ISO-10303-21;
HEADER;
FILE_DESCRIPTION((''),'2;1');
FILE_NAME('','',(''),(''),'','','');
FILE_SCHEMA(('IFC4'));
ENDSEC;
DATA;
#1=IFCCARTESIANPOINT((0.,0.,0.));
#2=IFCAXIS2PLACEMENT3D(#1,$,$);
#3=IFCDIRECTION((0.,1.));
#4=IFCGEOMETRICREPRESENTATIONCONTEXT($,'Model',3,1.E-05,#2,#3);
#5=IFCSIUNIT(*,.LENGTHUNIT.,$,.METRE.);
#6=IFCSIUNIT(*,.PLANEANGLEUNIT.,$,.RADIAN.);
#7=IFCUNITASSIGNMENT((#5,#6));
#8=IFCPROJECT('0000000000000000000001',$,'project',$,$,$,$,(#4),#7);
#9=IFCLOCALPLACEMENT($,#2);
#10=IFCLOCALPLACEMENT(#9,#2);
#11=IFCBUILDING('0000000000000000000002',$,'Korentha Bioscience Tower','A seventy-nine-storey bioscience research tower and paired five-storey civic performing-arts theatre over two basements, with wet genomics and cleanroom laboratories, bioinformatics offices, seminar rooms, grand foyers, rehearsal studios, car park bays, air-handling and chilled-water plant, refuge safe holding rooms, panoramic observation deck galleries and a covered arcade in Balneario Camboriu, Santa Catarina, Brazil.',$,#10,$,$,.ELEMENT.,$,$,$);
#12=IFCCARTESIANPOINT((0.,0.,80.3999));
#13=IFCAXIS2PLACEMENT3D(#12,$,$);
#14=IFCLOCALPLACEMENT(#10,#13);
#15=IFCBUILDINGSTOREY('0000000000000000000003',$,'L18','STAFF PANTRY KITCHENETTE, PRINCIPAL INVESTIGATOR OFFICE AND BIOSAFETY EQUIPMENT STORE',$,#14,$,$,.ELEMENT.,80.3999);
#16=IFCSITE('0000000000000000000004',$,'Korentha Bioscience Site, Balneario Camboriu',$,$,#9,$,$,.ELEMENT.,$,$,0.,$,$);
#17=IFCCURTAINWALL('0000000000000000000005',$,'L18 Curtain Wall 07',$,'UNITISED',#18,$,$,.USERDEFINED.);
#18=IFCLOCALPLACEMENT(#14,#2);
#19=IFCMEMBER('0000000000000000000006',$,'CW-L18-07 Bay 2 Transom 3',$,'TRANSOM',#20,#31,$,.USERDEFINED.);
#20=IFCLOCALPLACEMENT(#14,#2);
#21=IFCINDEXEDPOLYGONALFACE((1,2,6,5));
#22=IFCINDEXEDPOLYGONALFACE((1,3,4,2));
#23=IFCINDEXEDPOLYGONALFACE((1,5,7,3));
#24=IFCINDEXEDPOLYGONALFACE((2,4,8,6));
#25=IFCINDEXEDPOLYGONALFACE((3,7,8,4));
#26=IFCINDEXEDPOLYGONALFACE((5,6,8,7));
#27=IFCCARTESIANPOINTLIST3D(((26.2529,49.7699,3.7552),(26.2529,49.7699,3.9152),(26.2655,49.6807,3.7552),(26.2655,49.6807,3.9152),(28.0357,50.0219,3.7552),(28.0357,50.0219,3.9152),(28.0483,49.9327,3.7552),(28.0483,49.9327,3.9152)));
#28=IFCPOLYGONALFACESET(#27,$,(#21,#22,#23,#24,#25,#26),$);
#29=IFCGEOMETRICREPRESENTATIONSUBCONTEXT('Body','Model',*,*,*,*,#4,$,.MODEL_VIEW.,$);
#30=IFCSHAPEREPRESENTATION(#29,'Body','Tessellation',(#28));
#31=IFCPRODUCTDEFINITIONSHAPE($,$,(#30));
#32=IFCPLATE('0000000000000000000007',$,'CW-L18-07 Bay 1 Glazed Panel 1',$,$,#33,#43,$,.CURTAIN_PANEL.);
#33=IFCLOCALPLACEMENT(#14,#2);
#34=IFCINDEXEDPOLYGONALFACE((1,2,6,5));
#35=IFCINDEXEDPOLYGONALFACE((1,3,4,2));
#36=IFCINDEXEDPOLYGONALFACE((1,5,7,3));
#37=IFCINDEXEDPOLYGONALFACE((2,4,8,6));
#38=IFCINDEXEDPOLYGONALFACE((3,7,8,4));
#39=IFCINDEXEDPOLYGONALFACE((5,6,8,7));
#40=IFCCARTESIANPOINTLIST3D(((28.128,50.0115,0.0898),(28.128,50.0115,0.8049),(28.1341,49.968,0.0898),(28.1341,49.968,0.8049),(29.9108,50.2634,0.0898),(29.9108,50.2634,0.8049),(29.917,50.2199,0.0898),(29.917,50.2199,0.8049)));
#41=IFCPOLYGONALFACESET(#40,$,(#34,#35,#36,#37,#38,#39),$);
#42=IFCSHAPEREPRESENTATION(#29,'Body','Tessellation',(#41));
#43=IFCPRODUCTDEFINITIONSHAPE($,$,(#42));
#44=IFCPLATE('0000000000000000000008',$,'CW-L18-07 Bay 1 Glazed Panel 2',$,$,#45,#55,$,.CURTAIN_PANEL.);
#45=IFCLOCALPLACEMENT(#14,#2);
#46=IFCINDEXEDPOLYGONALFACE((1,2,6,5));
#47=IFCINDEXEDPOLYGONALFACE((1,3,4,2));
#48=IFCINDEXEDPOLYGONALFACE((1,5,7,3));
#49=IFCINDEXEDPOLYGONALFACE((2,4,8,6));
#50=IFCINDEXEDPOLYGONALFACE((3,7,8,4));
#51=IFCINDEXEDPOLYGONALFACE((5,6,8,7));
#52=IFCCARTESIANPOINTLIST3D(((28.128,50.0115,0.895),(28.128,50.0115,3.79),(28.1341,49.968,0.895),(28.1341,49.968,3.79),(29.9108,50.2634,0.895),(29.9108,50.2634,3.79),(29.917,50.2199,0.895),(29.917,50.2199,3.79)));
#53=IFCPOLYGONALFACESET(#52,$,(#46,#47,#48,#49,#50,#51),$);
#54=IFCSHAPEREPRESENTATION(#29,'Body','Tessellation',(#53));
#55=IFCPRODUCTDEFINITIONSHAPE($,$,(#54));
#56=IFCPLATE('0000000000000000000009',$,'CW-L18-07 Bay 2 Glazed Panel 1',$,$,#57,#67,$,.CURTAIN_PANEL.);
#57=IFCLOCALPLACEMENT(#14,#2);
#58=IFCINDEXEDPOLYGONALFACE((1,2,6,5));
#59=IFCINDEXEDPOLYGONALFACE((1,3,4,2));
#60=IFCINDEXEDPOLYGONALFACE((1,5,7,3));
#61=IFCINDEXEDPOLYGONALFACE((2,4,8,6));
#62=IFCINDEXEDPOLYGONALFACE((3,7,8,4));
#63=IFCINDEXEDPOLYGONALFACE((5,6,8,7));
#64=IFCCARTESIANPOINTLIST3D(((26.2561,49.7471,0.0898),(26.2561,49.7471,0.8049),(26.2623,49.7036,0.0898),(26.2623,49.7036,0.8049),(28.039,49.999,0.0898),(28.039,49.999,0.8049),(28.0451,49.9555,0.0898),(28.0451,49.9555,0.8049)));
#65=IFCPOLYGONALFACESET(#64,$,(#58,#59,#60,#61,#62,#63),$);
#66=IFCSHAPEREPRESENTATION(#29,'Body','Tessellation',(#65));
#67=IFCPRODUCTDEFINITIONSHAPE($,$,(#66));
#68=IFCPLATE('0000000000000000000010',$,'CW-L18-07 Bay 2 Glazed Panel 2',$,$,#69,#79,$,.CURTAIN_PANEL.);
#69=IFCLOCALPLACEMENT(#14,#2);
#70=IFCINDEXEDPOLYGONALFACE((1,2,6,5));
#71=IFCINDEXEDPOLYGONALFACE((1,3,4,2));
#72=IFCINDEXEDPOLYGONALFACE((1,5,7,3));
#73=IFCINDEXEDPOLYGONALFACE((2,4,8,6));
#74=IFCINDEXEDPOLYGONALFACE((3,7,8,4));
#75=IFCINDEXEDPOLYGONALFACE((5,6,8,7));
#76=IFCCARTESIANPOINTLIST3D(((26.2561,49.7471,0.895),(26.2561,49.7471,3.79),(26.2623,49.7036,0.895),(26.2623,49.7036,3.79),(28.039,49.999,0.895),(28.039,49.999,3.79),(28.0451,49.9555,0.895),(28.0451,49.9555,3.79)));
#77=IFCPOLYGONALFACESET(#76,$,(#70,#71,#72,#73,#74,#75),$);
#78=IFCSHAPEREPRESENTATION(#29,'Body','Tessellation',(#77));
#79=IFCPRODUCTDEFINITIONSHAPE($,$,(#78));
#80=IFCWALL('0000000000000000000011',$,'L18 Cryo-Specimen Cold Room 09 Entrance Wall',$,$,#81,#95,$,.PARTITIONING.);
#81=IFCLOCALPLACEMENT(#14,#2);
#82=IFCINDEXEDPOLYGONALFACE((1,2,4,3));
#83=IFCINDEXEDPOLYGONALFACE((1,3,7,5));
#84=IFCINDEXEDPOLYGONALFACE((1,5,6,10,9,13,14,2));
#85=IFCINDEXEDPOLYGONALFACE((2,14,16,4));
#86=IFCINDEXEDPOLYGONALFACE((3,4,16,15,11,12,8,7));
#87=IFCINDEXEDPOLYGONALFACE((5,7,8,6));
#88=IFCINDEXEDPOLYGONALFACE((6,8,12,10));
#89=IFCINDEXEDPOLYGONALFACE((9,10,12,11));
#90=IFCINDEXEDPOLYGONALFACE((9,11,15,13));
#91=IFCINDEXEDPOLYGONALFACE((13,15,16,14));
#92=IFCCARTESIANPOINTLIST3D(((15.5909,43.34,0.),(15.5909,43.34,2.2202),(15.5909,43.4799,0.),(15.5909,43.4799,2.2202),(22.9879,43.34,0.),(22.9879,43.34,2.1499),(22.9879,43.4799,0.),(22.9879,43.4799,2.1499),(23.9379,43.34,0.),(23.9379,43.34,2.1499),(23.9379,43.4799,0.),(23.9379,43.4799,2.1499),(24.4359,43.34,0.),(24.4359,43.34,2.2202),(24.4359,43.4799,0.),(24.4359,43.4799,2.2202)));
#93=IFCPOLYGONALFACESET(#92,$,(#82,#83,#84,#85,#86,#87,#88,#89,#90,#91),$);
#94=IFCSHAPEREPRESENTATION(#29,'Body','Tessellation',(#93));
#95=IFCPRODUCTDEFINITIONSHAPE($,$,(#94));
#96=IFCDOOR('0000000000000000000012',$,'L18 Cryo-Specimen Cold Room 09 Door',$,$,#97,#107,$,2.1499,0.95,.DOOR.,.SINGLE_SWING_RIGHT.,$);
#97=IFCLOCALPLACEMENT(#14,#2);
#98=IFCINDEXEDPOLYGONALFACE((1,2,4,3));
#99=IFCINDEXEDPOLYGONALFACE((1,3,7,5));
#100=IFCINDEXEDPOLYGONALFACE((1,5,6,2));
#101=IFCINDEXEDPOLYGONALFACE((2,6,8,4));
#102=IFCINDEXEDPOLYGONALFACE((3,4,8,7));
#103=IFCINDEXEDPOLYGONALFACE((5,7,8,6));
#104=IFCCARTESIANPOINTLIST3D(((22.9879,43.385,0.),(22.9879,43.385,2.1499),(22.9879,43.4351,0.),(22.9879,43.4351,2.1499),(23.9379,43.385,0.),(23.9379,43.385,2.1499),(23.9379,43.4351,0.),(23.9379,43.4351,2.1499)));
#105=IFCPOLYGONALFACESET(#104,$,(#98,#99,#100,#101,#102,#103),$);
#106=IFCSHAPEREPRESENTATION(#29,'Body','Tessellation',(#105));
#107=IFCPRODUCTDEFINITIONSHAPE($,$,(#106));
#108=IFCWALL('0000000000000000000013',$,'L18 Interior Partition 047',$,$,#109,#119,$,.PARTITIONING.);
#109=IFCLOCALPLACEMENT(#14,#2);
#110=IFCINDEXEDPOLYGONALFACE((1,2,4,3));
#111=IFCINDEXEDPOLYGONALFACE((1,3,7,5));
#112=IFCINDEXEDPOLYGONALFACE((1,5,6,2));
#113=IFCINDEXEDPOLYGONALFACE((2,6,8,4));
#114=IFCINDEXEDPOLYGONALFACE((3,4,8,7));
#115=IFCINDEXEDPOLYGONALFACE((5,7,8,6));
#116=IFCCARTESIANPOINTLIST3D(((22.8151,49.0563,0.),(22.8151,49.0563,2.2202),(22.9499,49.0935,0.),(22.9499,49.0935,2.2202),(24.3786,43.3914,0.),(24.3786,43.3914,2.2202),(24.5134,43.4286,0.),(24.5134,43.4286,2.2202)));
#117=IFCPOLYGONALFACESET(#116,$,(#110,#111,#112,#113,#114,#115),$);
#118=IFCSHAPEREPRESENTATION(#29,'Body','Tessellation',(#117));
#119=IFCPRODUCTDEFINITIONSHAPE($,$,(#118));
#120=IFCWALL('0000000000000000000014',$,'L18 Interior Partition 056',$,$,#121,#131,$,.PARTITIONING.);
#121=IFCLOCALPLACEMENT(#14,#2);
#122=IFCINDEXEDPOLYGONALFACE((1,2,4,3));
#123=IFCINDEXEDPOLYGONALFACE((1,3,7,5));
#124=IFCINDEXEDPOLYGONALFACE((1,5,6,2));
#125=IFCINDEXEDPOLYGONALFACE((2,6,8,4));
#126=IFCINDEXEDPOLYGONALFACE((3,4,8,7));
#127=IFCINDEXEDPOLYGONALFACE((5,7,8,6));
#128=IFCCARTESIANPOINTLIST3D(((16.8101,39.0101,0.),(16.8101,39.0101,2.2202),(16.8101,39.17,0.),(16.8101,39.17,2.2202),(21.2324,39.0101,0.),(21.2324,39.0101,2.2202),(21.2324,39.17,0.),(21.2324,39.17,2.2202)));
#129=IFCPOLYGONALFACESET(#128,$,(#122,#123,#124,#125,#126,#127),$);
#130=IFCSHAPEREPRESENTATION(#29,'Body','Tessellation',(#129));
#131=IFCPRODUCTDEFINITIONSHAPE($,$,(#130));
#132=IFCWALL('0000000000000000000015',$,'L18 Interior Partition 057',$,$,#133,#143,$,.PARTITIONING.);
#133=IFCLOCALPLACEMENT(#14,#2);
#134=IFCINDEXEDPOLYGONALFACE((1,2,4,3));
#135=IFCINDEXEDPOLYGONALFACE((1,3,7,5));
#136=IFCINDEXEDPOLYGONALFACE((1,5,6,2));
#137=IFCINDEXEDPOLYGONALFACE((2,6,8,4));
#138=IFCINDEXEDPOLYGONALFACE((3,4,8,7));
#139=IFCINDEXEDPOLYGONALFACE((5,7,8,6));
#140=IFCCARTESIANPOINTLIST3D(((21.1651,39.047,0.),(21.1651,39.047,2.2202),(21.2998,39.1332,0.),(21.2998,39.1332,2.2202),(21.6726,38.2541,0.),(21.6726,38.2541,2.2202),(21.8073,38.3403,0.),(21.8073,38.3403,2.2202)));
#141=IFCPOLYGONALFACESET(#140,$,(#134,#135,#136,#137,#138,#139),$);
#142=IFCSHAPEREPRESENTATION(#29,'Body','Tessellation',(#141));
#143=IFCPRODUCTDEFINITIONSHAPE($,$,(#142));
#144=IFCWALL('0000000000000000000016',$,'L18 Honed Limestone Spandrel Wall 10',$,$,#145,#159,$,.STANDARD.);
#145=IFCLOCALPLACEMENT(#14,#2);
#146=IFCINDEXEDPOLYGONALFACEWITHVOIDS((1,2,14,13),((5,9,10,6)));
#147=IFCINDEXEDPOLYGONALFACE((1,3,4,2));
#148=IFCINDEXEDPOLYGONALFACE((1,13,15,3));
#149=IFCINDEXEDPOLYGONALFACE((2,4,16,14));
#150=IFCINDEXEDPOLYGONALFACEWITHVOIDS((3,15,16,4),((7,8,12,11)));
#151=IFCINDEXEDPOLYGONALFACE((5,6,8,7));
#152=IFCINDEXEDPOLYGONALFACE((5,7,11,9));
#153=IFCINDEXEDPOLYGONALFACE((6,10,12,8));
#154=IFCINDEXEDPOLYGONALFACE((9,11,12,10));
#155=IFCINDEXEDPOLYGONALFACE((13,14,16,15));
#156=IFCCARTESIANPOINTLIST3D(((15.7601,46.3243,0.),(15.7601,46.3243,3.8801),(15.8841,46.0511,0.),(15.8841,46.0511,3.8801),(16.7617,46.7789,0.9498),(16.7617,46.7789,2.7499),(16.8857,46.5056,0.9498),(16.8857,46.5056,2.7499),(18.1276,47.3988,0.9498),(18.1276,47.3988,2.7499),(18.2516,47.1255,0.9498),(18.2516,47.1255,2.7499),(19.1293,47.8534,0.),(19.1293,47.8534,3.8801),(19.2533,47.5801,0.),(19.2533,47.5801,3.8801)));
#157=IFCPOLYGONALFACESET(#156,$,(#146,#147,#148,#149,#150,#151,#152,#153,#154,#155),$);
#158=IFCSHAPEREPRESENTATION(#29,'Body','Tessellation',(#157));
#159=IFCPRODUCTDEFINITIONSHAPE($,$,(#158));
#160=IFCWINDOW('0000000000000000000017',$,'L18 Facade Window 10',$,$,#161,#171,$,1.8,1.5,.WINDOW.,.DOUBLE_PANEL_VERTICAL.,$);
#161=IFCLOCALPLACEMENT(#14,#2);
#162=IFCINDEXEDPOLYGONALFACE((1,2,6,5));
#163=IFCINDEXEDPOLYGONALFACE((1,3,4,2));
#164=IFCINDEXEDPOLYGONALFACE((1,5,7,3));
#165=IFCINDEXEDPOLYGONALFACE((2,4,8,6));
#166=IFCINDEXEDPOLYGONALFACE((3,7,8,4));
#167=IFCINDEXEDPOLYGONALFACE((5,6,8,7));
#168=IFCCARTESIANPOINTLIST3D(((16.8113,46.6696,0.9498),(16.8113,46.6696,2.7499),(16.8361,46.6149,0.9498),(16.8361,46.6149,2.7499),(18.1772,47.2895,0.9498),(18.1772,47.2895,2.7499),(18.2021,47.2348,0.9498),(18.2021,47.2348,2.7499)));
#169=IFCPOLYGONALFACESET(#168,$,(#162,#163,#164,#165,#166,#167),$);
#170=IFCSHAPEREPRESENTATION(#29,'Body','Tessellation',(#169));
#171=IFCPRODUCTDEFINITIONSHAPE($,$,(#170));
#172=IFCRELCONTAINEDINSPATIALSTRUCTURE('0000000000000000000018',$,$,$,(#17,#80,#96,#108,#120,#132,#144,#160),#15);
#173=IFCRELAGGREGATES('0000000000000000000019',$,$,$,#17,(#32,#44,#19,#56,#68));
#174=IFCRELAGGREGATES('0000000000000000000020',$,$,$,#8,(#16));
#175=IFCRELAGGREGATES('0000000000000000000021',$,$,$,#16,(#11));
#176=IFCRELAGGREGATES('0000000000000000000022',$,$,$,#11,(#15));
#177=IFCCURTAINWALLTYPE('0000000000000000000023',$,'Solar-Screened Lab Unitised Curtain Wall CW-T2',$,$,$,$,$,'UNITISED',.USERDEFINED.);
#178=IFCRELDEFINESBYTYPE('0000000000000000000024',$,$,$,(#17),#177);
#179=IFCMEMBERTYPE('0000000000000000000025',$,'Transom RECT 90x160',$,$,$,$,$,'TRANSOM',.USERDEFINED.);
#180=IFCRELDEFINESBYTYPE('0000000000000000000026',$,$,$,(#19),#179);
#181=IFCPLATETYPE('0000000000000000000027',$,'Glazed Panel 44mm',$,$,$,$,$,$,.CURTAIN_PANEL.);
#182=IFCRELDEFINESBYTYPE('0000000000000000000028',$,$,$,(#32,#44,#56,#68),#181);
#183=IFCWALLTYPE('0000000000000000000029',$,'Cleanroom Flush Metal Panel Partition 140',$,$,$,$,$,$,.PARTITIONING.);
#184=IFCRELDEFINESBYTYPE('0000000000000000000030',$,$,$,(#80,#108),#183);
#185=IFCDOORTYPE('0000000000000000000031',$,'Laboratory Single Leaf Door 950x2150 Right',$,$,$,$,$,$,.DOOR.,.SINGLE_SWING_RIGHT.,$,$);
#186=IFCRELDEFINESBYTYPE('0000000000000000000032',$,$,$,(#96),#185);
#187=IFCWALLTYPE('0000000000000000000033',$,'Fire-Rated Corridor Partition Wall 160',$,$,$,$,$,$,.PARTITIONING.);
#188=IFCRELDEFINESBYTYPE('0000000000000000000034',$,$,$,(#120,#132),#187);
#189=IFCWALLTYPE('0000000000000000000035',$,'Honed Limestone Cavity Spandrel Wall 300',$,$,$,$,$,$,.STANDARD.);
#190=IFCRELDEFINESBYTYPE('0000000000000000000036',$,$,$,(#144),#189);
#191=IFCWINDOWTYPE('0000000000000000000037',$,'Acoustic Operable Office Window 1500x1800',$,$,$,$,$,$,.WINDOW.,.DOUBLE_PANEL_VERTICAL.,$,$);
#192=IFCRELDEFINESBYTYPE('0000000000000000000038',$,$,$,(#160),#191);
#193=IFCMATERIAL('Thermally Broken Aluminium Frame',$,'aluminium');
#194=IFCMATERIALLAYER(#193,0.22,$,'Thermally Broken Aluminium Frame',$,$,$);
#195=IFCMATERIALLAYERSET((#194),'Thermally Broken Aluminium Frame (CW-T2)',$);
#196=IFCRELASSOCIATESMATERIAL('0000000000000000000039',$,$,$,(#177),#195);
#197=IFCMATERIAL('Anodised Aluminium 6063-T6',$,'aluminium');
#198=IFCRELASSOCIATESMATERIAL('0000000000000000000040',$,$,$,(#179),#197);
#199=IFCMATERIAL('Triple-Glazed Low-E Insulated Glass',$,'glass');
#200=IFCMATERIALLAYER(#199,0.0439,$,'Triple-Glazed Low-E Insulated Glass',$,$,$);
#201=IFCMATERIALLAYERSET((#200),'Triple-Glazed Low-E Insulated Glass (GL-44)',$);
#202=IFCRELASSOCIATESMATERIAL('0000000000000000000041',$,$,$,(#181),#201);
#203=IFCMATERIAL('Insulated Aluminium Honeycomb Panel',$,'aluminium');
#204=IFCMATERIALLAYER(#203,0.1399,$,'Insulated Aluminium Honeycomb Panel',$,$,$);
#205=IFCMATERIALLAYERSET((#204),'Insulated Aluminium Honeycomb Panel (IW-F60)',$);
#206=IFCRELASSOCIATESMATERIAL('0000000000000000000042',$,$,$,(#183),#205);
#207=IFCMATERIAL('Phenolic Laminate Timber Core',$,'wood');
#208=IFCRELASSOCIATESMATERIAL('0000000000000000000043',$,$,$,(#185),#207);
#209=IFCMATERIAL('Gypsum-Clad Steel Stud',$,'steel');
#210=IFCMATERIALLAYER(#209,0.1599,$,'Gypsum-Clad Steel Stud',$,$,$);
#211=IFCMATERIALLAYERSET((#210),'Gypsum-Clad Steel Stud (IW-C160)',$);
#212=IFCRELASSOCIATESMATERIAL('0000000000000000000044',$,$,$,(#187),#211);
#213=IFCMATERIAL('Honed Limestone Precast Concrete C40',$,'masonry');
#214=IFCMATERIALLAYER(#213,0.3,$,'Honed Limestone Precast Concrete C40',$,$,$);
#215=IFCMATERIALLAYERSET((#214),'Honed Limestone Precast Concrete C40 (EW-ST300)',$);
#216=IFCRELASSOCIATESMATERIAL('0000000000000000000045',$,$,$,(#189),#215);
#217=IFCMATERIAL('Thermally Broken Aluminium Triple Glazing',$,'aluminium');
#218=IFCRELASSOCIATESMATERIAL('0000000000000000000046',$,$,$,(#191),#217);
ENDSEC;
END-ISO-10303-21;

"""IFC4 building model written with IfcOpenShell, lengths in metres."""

from ifc_helpers import new_model, si_unit, direction, frame, frame_2d, origin, origin_2d, place, context, subcontext, project, spatial, rectangle, extrude, material, layer, layer_set, material_profile, profile_set, type_object, element, fill, aggregate, save


model = new_model("IFC4")

# Units and contexts
model_context = context("Model", 3, precision=1e-05, world=origin(), true_north=direction((0.0, 1.0)))
body_context = subcontext(model_context, "Body", "Model", "MODEL_VIEW")
ifc_project = project(units=[si_unit("LENGTHUNIT", "METRE"), si_unit("PLANEANGLEUNIT", "RADIAN")], contexts=[model_context])

# Site, building, storey
site_placement = place(None, origin())
site = spatial("IfcSite", under=ifc_project, at=site_placement, Name="Korentha Bioscience Site, Balneario Camboriu", CompositionType="ELEMENT", RefElevation=0.0)
building_placement = place(site_placement, origin())
building = spatial("IfcBuilding", under=site, at=building_placement, Name="Korentha Bioscience Tower", Description="A seventy-nine-storey bioscience research tower and paired five-storey civic performing-arts theatre over two basements, with wet genomics and cleanroom laboratories, bioinformatics offices, seminar rooms, grand foyers, rehearsal studios, car park bays, air-handling and chilled-water plant, refuge safe holding rooms, panoramic observation deck galleries and a covered arcade in Balneario Camboriu, Santa Catarina, Brazil.", CompositionType="ELEMENT")
storey_placement = place(building_placement, frame((0.0, 0.0, 80.3999)))
storey = spatial("IfcBuildingStorey", under=building, at=storey_placement, Name="L18", Description="STAFF PANTRY KITCHENETTE, PRINCIPAL INVESTIGATOR OFFICE AND BIOSAFETY EQUIPMENT STORE", CompositionType="ELEMENT", Elevation=80.3999)

# Curtain wall, member, plates
ifc_material_1 = material(Name="Thermally Broken Aluminium Frame", Category="aluminium")
ifc_layer_1 = layer(ifc_material_1, 0.22, Name="Thermally Broken Aluminium Frame")
ifc_layer_set_1 = layer_set([ifc_layer_1], Name="Thermally Broken Aluminium Frame (CW-T2)")
curtain_wall_type = type_object("IfcCurtainWallType", Name="Solar-Screened Lab Unitised Curtain Wall CW-T2", ElementType="UNITISED", PredefinedType="USERDEFINED", material=ifc_layer_set_1)
curtain_wall_placement = place(storey_placement, origin())
curtain_wall = element("IfcCurtainWall", 1, at=curtain_wall_placement, inside=storey, type_object=curtain_wall_type, Name="L18 Curtain Wall 07", ObjectType="UNITISED", PredefinedType="USERDEFINED")
ifc_material_2 = material(Name="Anodised Aluminium 6063-T6", Category="aluminium")
ifc_material_profile_1 = material_profile(ifc_material_2, rectangle(XDim=0.0901, YDim=0.1599, at=origin_2d()), Name="Anodised Aluminium 6063-T6")
ifc_profile_set_1 = profile_set([ifc_material_profile_1], Name="Anodised Aluminium 6063-T6 (CW-TRN)")
member_type_1 = type_object("IfcMemberType", Name="Transom RECT 90x160", ElementType="TRANSOM", PredefinedType="USERDEFINED", material=ifc_profile_set_1)
member_1_placement = place(storey_placement, frame((28.042, 49.9773, 3.8352), z_axis=(-0.99016, -0.13994, 0.0), x_axis=(0.13994, -0.99016, 0.0)))
member_1 = element("IfcMember", 2, at=member_1_placement, type_object=member_type_1, Name="CW-L18-07 Bay 2 Transom 3", ObjectType="TRANSOM", PredefinedType="USERDEFINED", context=body_context, shape_type="SweptSolid", body=[
    extrude(rectangle(XDim=0.0901, YDim=0.1599, at=origin_2d()), origin(), (0.0, 0.0, 1.0), 1.8005),
])
ifc_material_3 = material(Name="Triple-Glazed Low-E Insulated Glass", Category="glass")
ifc_layer_2 = layer(ifc_material_3, 0.0439, Name="Triple-Glazed Low-E Insulated Glass")
ifc_layer_set_2 = layer_set([ifc_layer_2], Name="Triple-Glazed Low-E Insulated Glass (GL-44)")
plate_type = type_object("IfcPlateType", Name="Glazed Panel 44mm", PredefinedType="CURTAIN_PANEL", material=ifc_layer_set_2)
plate_1_placement = place(storey_placement, frame((29.0225, 50.1157, 0.0898), z_axis=(0.0, 0.0, 1.0), x_axis=(-0.990167, -0.139888, 0.0)))
plate_1 = element("IfcPlate", 3, at=plate_1_placement, type_object=plate_type, Name="CW-L18-07 Bay 1 Glazed Panel 1", PredefinedType="CURTAIN_PANEL", context=body_context, shape_type="SweptSolid", body=[
    extrude(rectangle(XDim=1.8005, YDim=0.0439, at=origin_2d()), origin(), (0.0, 0.0, 1.0), 0.7151),
])
plate_2_placement = place(storey_placement, frame((29.0225, 50.1157, 0.895), z_axis=(0.0, 0.0, 1.0), x_axis=(-0.990167, -0.139888, 0.0)))
plate_2 = element("IfcPlate", 4, at=plate_2_placement, type_object=plate_type, Name="CW-L18-07 Bay 1 Glazed Panel 2", PredefinedType="CURTAIN_PANEL", context=body_context, shape_type="SweptSolid", body=[
    extrude(rectangle(XDim=1.8005, YDim=0.0439, at=origin_2d()), origin(), (0.0, 0.0, 1.0), 2.895),
])
plate_3_placement = place(storey_placement, frame((27.1506, 49.8513, 0.0898), z_axis=(0.0, 0.0, 1.0), x_axis=(-0.990167, -0.139888, 0.0)))
plate_3 = element("IfcPlate", 5, at=plate_3_placement, type_object=plate_type, Name="CW-L18-07 Bay 2 Glazed Panel 1", PredefinedType="CURTAIN_PANEL", context=body_context, shape_type="SweptSolid", body=[
    extrude(rectangle(XDim=1.8005, YDim=0.0439, at=origin_2d()), origin(), (0.0, 0.0, 1.0), 0.7151),
])
plate_4_placement = place(storey_placement, frame((27.1506, 49.8513, 0.895), z_axis=(0.0, 0.0, 1.0), x_axis=(-0.990167, -0.139888, 0.0)))
plate_4 = element("IfcPlate", 6, at=plate_4_placement, type_object=plate_type, Name="CW-L18-07 Bay 2 Glazed Panel 2", PredefinedType="CURTAIN_PANEL", context=body_context, shape_type="SweptSolid", body=[
    extrude(rectangle(XDim=1.8005, YDim=0.0439, at=origin_2d()), origin(), (0.0, 0.0, 1.0), 2.895),
])
aggregate(curtain_wall, [plate_1, plate_2, member_1, plate_3, plate_4])

# Wall, opening, door
ifc_material_4 = material(Name="Insulated Aluminium Honeycomb Panel", Category="aluminium")
ifc_layer_3 = layer(ifc_material_4, 0.1399, Name="Insulated Aluminium Honeycomb Panel")
ifc_layer_set_3 = layer_set([ifc_layer_3], Name="Insulated Aluminium Honeycomb Panel (IW-F60)")
wall_type_1 = type_object("IfcWallType", Name="Cleanroom Flush Metal Panel Partition 140", PredefinedType="PARTITIONING", material=ifc_layer_set_3)
wall_1_placement = place(storey_placement, frame((24.4358, 43.4099, 0.0), z_axis=(0.0, 0.0, 1.0), x_axis=(-1.0, 0.0, 0.0)))
wall_1 = element("IfcWall", 7, at=wall_1_placement, inside=storey, type_object=wall_type_1, Name="L18 Cryo-Specimen Cold Room 09 Entrance Wall", PredefinedType="PARTITIONING", context=body_context, shape_type="SweptSolid", body=[
    extrude(rectangle(XDim=8.845, YDim=0.1399, at=frame_2d((4.4224, 0.0))), origin(), (0.0, 0.0, 1.0), 2.2202),
])
opening_1_placement = place(wall_1_placement, frame((0.4978, 0.0, 0.0)))
opening_1 = element("IfcOpeningElement", 8, at=opening_1_placement, cuts=wall_1, PredefinedType="OPENING", context=body_context, shape_type="SweptSolid", body=[
    extrude(rectangle(XDim=0.95, YDim=2.1499, at=frame_2d((0.4751, 1.075))), frame((0.0, 0.085, 0.0), z_axis=(0.0, -1.0, 0.0), x_axis=(1.0, 0.0, 0.0)), (0.0, 0.0, 1.0), 0.1697),
])
ifc_material_5 = material(Name="Phenolic Laminate Timber Core", Category="wood")
door_type = type_object("IfcDoorType", Name="Laboratory Single Leaf Door 950x2150 Right", OperationType="SINGLE_SWING_RIGHT", PredefinedType="DOOR", material=ifc_material_5)
door_placement = place(opening_1_placement, origin())
door = element("IfcDoor", 9, at=door_placement, inside=storey, type_object=door_type, Name="L18 Cryo-Specimen Cold Room 09 Door", OperationType="SINGLE_SWING_RIGHT", OverallHeight=2.1499, OverallWidth=0.95, PredefinedType="DOOR", context=body_context, shape_type="SweptSolid", body=[
    extrude(rectangle(XDim=0.95, YDim=2.1499, at=frame_2d((0.4751, 1.075))), frame((0.0, 0.0249, 0.0), z_axis=(0.0, -1.0, 0.0), x_axis=(1.0, 0.0, 0.0)), (0.0, 0.0, 1.0), 0.05),
])
fill(opening_1, door)

# Walls
wall_2_placement = place(storey_placement, frame((24.446, 43.4099, 0.0), z_axis=(0.0, 0.0, 1.0), x_axis=(-0.266051, 0.963959, 0.0)))
element("IfcWall", 10, at=wall_2_placement, inside=storey, type_object=wall_type_1, Name="L18 Interior Partition 047", PredefinedType="PARTITIONING", context=body_context, shape_type="SweptSolid", body=[
    extrude(rectangle(XDim=5.8767, YDim=0.1399, at=frame_2d((2.9385, 0.0))), origin(), (0.0, 0.0, 1.0), 2.2202),
])
ifc_material_6 = material(Name="Gypsum-Clad Steel Stud", Category="steel")
ifc_layer_4 = layer(ifc_material_6, 0.1599, Name="Gypsum-Clad Steel Stud")
ifc_layer_set_4 = layer_set([ifc_layer_4], Name="Gypsum-Clad Steel Stud (IW-C160)")
wall_type_2 = type_object("IfcWallType", Name="Fire-Rated Corridor Partition Wall 160", PredefinedType="PARTITIONING", material=ifc_layer_set_4)
wall_3_placement = place(storey_placement, frame((16.8101, 39.0901, 0.0), z_axis=(0.0, 0.0, 1.0), x_axis=(1.0, 0.0, 0.0)))
element("IfcWall", 11, at=wall_3_placement, inside=storey, type_object=wall_type_2, Name="L18 Interior Partition 056", PredefinedType="PARTITIONING", context=body_context, shape_type="SweptSolid", body=[
    extrude(rectangle(XDim=4.4224, YDim=0.1599, at=frame_2d((2.2112, 0.0))), origin(), (0.0, 0.0, 1.0), 2.2202),
])
wall_4_placement = place(storey_placement, frame((21.2324, 39.0901, 0.0), z_axis=(0.0, 0.0, 1.0), x_axis=(0.539105, -0.842238, 0.0)))
element("IfcWall", 12, at=wall_4_placement, inside=storey, type_object=wall_type_2, Name="L18 Interior Partition 057", PredefinedType="PARTITIONING", context=body_context, shape_type="SweptSolid", body=[
    extrude(rectangle(XDim=0.9414, YDim=0.1599, at=frame_2d((0.4707, 0.0))), origin(), (0.0, 0.0, 1.0), 2.2202),
])

# Wall, opening, window
ifc_material_7 = material(Name="Honed Limestone Precast Concrete C40", Category="masonry")
ifc_layer_5 = layer(ifc_material_7, 0.3, Name="Honed Limestone Precast Concrete C40")
ifc_layer_set_5 = layer_set([ifc_layer_5], Name="Honed Limestone Precast Concrete C40 (EW-ST300)")
wall_type_3 = type_object("IfcWallType", Name="Honed Limestone Cavity Spandrel Wall 300", PredefinedType="STANDARD", material=ifc_layer_set_5)
wall_5_placement = place(storey_placement, frame((19.1914, 47.7168, 0.0), z_axis=(0.0, 0.0, 1.0), x_axis=(-0.910608, -0.413271, 0.0)))
wall_5 = element("IfcWall", 13, at=wall_5_placement, inside=storey, type_object=wall_type_3, Name="L18 Honed Limestone Spandrel Wall 10", PredefinedType="STANDARD", context=body_context, shape_type="SweptSolid", body=[
    extrude(rectangle(XDim=3.7, YDim=0.3, at=frame_2d((1.8501, 0.0))), origin(), (0.0, 0.0, 1.0), 3.8801),
])
opening_2_placement = place(wall_5_placement, frame((1.1001, 0.0, 0.95)))
opening_2 = element("IfcOpeningElement", 14, at=opening_2_placement, cuts=wall_5, PredefinedType="OPENING", context=body_context, shape_type="SweptSolid", body=[
    extrude(rectangle(XDim=1.5, YDim=1.8, at=frame_2d((0.75, 0.8999))), frame((0.0, 0.165, 0.0), z_axis=(0.0, -1.0, 0.0), x_axis=(1.0, 0.0, 0.0)), (0.0, 0.0, 1.0), 0.3298),
])
ifc_material_8 = material(Name="Thermally Broken Aluminium Triple Glazing", Category="aluminium")
window_type = type_object("IfcWindowType", Name="Acoustic Operable Office Window 1500x1800", PartitioningType="DOUBLE_PANEL_VERTICAL", PredefinedType="WINDOW", material=ifc_material_8)
window_placement = place(opening_2_placement, origin())
window = element("IfcWindow", 15, at=window_placement, inside=storey, type_object=window_type, Name="L18 Facade Window 10", OverallHeight=1.8, OverallWidth=1.5, PartitioningType="DOUBLE_PANEL_VERTICAL", PredefinedType="WINDOW", context=body_context, shape_type="SweptSolid", body=[
    extrude(rectangle(XDim=1.5, YDim=1.8, at=frame_2d((0.75, 0.8999))), frame((0.0, 0.03, 0.0), z_axis=(0.0, -1.0, 0.0), x_axis=(1.0, 0.0, 0.0)), (0.0, 0.0, 1.0), 0.0601),
])
fill(opening_2, window)

save(model, "model.ifc")
